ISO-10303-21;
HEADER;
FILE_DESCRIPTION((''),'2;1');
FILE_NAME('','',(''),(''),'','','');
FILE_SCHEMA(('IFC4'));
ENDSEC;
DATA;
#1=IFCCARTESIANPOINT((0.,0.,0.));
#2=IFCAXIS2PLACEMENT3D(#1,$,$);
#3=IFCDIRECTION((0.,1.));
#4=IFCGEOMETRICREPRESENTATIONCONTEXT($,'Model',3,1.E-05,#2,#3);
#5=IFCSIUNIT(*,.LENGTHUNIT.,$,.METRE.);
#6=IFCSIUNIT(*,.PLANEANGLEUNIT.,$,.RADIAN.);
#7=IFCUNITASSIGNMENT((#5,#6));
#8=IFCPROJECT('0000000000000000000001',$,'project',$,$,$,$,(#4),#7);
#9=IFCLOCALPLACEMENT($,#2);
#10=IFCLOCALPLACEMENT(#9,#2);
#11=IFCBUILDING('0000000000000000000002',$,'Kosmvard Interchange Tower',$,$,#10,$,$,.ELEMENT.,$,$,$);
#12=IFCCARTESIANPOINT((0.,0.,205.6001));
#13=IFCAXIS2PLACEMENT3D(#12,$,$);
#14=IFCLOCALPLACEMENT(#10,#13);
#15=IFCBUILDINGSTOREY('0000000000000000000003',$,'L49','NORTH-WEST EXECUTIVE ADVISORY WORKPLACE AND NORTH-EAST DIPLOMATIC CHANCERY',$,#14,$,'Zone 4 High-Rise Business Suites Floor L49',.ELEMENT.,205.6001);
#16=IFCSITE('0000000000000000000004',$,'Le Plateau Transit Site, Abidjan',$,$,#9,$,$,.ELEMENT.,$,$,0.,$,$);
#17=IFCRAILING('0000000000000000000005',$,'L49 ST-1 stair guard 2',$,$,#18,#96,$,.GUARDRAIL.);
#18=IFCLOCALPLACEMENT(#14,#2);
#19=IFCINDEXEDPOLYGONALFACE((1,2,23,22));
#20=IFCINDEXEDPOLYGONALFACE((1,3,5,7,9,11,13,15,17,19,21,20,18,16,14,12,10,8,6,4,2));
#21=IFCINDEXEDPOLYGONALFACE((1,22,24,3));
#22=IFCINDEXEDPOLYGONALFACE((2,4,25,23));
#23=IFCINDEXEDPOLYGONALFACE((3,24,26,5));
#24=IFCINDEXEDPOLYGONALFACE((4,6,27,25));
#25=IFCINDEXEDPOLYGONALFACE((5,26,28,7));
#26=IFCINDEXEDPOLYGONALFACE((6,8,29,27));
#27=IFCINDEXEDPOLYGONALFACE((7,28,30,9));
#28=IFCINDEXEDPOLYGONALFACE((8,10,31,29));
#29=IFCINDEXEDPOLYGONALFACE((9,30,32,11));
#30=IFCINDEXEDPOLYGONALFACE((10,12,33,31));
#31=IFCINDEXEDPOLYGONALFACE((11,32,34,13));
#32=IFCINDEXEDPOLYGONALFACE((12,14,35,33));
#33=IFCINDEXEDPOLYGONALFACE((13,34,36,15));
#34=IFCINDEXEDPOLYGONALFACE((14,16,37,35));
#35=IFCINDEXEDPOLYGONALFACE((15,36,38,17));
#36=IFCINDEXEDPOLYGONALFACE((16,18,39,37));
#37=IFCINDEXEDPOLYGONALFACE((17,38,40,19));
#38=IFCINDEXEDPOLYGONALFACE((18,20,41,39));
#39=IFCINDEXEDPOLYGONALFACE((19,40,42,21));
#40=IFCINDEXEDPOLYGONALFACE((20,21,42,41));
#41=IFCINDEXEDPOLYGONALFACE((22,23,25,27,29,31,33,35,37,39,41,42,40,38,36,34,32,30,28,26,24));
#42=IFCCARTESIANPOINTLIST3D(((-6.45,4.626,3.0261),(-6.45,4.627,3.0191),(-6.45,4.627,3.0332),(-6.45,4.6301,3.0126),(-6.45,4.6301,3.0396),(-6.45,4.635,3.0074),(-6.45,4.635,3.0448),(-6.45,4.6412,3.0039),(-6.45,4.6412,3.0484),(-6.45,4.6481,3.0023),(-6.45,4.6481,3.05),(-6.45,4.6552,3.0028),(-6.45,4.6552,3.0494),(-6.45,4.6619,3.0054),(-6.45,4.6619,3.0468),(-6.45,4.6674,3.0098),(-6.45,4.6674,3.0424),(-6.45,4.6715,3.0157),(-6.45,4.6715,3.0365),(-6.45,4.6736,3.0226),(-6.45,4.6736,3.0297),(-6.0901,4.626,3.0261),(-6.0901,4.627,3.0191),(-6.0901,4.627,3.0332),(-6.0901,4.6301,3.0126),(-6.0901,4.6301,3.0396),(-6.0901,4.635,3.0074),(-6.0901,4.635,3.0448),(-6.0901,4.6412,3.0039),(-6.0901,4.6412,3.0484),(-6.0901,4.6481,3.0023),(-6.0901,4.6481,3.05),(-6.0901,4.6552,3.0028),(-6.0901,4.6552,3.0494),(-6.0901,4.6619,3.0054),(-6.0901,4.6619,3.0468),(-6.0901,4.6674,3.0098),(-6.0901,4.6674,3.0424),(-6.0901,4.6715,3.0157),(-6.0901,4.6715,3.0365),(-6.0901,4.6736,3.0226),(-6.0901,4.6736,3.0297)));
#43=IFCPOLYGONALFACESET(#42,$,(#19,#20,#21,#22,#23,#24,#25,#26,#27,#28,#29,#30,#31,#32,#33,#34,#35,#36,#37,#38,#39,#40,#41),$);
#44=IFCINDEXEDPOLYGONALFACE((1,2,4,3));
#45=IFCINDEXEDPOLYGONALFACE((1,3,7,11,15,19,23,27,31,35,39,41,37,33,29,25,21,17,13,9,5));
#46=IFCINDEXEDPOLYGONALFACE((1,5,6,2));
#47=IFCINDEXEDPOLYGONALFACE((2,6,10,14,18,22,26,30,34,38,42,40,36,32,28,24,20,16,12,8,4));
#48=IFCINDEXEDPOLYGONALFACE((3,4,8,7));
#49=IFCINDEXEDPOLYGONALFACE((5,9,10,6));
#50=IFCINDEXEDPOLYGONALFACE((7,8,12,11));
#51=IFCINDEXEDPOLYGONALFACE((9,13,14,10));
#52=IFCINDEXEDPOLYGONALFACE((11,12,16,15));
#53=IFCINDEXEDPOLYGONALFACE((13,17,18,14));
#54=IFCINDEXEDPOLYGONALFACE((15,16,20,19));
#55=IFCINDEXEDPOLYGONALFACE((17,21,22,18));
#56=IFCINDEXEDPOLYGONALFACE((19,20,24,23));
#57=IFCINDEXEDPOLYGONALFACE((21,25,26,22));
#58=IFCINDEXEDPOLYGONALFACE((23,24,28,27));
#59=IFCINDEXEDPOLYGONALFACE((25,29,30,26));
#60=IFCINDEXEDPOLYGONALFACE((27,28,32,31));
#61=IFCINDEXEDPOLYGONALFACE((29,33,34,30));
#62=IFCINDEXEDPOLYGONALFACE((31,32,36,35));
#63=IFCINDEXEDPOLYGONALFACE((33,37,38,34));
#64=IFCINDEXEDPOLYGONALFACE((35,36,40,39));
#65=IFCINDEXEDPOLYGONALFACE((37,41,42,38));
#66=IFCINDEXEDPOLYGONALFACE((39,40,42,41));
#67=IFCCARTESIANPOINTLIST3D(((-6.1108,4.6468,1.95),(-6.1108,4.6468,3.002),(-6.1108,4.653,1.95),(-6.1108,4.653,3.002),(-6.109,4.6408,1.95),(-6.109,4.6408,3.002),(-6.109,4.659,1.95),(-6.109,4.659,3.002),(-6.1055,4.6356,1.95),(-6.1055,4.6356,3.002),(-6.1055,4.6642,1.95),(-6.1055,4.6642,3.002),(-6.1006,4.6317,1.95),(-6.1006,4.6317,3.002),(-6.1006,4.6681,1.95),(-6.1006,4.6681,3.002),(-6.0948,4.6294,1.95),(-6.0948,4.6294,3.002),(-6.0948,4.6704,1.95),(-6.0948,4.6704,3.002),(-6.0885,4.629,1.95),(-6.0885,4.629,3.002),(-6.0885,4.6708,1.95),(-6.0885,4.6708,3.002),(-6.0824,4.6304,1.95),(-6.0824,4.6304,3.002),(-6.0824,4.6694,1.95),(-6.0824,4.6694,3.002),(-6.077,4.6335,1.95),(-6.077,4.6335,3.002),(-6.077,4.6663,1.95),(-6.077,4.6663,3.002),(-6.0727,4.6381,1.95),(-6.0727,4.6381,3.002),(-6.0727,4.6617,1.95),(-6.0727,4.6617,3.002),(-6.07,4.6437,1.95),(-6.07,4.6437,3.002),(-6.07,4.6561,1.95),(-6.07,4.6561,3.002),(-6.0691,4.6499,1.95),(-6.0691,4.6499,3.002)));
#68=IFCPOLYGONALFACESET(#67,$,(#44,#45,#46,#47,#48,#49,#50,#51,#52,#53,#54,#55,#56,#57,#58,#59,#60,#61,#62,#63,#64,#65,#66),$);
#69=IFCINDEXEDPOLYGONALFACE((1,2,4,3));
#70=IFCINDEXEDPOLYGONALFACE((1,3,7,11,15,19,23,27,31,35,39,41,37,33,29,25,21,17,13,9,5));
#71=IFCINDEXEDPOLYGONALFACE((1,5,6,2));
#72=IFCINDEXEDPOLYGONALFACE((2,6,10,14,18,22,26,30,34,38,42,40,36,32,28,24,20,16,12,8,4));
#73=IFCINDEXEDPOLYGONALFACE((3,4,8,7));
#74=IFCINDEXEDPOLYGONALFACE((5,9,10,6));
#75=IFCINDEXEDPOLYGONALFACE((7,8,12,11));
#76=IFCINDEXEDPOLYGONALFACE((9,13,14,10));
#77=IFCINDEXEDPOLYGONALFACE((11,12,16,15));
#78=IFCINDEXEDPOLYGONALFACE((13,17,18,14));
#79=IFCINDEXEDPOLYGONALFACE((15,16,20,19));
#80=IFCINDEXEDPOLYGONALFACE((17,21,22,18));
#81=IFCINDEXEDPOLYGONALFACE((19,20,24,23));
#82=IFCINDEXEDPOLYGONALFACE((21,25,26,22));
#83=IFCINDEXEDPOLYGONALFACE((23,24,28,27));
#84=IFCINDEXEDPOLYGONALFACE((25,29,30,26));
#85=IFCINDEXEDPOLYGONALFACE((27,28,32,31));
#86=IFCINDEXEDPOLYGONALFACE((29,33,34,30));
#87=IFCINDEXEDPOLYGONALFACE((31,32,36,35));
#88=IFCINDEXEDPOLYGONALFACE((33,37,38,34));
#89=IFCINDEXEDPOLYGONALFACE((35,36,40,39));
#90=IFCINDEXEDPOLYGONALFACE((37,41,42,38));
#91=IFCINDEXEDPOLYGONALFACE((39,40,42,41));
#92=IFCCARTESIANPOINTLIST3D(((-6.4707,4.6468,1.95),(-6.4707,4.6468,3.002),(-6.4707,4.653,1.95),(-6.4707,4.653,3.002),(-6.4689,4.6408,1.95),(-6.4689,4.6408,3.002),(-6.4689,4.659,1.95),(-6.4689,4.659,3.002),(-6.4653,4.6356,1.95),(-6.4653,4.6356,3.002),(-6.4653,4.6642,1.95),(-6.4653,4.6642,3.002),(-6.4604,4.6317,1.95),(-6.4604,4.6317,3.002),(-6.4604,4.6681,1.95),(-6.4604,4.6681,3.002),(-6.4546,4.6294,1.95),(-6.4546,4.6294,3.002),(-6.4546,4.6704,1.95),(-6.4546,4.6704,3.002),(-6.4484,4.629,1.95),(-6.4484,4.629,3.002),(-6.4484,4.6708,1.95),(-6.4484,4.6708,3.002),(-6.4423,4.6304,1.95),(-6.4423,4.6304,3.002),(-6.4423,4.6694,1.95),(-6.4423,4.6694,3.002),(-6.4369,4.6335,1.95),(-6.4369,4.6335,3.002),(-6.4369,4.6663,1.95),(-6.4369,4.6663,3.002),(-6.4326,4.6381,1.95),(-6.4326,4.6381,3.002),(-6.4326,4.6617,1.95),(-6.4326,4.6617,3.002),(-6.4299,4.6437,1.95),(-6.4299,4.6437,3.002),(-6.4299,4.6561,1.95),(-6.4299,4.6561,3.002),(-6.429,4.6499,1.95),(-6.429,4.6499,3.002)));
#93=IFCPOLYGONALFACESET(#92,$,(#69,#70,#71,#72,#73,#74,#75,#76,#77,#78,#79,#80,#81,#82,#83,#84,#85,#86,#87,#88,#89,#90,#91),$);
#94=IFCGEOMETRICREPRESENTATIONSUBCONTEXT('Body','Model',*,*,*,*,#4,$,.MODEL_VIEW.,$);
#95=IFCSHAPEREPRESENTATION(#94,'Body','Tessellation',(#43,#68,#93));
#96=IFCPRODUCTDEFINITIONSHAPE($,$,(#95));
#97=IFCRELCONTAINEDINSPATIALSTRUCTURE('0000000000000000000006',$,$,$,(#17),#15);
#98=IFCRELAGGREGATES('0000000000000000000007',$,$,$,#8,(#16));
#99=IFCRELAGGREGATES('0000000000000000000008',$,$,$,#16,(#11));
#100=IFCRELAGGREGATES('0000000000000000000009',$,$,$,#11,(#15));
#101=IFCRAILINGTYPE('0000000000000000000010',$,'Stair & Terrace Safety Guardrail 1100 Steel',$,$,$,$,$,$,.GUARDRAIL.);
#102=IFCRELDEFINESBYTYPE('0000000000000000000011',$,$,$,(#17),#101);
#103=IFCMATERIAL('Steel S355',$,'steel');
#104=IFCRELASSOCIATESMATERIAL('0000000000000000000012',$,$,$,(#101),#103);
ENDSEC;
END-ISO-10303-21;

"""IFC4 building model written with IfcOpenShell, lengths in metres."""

from ifc_helpers import new_model, si_unit, direction, frame, origin, origin_2d, place, context, subcontext, project, spatial, circle, extrude, source, transform, mapped, material, type_object, element, save


model = new_model("IFC4")

# Units and contexts
model_context = context("Model", 3, precision=1e-05, world=origin(), true_north=direction((0.0, 1.0)))
body_context = subcontext(model_context, "Body", "Model", "MODEL_VIEW")
ifc_project = project(units=[si_unit("LENGTHUNIT", "METRE"), si_unit("PLANEANGLEUNIT", "RADIAN")], contexts=[model_context])

# Site, building, storey
site_placement = place(None, origin())
site = spatial("IfcSite", under=ifc_project, at=site_placement, Name="Le Plateau Transit Site, Abidjan", CompositionType="ELEMENT", RefElevation=0.0)
building_placement = place(site_placement, origin())
building = spatial("IfcBuilding", under=site, at=building_placement, Name="Kosmvard Interchange Tower", CompositionType="ELEMENT")
storey_placement = place(building_placement, frame((0.0, 0.0, 205.6001)))
storey = spatial("IfcBuildingStorey", under=building, at=storey_placement, Name="L49", Description="NORTH-WEST EXECUTIVE ADVISORY WORKPLACE AND NORTH-EAST DIPLOMATIC CHANCERY", LongName="Zone 4 High-Rise Business Suites Floor L49", CompositionType="ELEMENT", Elevation=205.6001)

# Shared definitions
ifc_material_1 = material(Name="Steel S355", Category="steel")

# Railing
railing_type = type_object("IfcRailingType", Name="Stair & Terrace Safety Guardrail 1100 Steel", PredefinedType="GUARDRAIL", material=ifc_material_1)
shared_shape_1 = source(origin(), body_context, "Body", "SweptSolid", [
    extrude(circle(Radius=0.0239, at=origin_2d()), frame((0.0, 0.0, 1.0762), z_axis=(-1.0, 0.0, 0.0), x_axis=(0.0, -1.0, 0.0)), (0.0, 0.0, 1.0), 0.3599),
    extrude(circle(Radius=0.021, at=origin_2d()), origin(), (0.0, 0.0, 1.0), 1.052),
    extrude(circle(Radius=0.021, at=origin_2d()), frame((-0.3599, 0.0, 0.0)), (0.0, 0.0, 1.0), 1.052),
])
railing_placement = place(storey_placement, frame((-6.0901, 4.6499, 1.95)))
element("IfcRailing", 1, at=railing_placement, inside=storey, type_object=railing_type, Name="L49 ST-1 stair guard 2", PredefinedType="GUARDRAIL", context=body_context, shape_type="MappedRepresentation", body=[
    mapped(shared_shape_1, transform((0.0, 0.0, 0.0), scale=1.0)),
])

save(model, "model.ifc")
